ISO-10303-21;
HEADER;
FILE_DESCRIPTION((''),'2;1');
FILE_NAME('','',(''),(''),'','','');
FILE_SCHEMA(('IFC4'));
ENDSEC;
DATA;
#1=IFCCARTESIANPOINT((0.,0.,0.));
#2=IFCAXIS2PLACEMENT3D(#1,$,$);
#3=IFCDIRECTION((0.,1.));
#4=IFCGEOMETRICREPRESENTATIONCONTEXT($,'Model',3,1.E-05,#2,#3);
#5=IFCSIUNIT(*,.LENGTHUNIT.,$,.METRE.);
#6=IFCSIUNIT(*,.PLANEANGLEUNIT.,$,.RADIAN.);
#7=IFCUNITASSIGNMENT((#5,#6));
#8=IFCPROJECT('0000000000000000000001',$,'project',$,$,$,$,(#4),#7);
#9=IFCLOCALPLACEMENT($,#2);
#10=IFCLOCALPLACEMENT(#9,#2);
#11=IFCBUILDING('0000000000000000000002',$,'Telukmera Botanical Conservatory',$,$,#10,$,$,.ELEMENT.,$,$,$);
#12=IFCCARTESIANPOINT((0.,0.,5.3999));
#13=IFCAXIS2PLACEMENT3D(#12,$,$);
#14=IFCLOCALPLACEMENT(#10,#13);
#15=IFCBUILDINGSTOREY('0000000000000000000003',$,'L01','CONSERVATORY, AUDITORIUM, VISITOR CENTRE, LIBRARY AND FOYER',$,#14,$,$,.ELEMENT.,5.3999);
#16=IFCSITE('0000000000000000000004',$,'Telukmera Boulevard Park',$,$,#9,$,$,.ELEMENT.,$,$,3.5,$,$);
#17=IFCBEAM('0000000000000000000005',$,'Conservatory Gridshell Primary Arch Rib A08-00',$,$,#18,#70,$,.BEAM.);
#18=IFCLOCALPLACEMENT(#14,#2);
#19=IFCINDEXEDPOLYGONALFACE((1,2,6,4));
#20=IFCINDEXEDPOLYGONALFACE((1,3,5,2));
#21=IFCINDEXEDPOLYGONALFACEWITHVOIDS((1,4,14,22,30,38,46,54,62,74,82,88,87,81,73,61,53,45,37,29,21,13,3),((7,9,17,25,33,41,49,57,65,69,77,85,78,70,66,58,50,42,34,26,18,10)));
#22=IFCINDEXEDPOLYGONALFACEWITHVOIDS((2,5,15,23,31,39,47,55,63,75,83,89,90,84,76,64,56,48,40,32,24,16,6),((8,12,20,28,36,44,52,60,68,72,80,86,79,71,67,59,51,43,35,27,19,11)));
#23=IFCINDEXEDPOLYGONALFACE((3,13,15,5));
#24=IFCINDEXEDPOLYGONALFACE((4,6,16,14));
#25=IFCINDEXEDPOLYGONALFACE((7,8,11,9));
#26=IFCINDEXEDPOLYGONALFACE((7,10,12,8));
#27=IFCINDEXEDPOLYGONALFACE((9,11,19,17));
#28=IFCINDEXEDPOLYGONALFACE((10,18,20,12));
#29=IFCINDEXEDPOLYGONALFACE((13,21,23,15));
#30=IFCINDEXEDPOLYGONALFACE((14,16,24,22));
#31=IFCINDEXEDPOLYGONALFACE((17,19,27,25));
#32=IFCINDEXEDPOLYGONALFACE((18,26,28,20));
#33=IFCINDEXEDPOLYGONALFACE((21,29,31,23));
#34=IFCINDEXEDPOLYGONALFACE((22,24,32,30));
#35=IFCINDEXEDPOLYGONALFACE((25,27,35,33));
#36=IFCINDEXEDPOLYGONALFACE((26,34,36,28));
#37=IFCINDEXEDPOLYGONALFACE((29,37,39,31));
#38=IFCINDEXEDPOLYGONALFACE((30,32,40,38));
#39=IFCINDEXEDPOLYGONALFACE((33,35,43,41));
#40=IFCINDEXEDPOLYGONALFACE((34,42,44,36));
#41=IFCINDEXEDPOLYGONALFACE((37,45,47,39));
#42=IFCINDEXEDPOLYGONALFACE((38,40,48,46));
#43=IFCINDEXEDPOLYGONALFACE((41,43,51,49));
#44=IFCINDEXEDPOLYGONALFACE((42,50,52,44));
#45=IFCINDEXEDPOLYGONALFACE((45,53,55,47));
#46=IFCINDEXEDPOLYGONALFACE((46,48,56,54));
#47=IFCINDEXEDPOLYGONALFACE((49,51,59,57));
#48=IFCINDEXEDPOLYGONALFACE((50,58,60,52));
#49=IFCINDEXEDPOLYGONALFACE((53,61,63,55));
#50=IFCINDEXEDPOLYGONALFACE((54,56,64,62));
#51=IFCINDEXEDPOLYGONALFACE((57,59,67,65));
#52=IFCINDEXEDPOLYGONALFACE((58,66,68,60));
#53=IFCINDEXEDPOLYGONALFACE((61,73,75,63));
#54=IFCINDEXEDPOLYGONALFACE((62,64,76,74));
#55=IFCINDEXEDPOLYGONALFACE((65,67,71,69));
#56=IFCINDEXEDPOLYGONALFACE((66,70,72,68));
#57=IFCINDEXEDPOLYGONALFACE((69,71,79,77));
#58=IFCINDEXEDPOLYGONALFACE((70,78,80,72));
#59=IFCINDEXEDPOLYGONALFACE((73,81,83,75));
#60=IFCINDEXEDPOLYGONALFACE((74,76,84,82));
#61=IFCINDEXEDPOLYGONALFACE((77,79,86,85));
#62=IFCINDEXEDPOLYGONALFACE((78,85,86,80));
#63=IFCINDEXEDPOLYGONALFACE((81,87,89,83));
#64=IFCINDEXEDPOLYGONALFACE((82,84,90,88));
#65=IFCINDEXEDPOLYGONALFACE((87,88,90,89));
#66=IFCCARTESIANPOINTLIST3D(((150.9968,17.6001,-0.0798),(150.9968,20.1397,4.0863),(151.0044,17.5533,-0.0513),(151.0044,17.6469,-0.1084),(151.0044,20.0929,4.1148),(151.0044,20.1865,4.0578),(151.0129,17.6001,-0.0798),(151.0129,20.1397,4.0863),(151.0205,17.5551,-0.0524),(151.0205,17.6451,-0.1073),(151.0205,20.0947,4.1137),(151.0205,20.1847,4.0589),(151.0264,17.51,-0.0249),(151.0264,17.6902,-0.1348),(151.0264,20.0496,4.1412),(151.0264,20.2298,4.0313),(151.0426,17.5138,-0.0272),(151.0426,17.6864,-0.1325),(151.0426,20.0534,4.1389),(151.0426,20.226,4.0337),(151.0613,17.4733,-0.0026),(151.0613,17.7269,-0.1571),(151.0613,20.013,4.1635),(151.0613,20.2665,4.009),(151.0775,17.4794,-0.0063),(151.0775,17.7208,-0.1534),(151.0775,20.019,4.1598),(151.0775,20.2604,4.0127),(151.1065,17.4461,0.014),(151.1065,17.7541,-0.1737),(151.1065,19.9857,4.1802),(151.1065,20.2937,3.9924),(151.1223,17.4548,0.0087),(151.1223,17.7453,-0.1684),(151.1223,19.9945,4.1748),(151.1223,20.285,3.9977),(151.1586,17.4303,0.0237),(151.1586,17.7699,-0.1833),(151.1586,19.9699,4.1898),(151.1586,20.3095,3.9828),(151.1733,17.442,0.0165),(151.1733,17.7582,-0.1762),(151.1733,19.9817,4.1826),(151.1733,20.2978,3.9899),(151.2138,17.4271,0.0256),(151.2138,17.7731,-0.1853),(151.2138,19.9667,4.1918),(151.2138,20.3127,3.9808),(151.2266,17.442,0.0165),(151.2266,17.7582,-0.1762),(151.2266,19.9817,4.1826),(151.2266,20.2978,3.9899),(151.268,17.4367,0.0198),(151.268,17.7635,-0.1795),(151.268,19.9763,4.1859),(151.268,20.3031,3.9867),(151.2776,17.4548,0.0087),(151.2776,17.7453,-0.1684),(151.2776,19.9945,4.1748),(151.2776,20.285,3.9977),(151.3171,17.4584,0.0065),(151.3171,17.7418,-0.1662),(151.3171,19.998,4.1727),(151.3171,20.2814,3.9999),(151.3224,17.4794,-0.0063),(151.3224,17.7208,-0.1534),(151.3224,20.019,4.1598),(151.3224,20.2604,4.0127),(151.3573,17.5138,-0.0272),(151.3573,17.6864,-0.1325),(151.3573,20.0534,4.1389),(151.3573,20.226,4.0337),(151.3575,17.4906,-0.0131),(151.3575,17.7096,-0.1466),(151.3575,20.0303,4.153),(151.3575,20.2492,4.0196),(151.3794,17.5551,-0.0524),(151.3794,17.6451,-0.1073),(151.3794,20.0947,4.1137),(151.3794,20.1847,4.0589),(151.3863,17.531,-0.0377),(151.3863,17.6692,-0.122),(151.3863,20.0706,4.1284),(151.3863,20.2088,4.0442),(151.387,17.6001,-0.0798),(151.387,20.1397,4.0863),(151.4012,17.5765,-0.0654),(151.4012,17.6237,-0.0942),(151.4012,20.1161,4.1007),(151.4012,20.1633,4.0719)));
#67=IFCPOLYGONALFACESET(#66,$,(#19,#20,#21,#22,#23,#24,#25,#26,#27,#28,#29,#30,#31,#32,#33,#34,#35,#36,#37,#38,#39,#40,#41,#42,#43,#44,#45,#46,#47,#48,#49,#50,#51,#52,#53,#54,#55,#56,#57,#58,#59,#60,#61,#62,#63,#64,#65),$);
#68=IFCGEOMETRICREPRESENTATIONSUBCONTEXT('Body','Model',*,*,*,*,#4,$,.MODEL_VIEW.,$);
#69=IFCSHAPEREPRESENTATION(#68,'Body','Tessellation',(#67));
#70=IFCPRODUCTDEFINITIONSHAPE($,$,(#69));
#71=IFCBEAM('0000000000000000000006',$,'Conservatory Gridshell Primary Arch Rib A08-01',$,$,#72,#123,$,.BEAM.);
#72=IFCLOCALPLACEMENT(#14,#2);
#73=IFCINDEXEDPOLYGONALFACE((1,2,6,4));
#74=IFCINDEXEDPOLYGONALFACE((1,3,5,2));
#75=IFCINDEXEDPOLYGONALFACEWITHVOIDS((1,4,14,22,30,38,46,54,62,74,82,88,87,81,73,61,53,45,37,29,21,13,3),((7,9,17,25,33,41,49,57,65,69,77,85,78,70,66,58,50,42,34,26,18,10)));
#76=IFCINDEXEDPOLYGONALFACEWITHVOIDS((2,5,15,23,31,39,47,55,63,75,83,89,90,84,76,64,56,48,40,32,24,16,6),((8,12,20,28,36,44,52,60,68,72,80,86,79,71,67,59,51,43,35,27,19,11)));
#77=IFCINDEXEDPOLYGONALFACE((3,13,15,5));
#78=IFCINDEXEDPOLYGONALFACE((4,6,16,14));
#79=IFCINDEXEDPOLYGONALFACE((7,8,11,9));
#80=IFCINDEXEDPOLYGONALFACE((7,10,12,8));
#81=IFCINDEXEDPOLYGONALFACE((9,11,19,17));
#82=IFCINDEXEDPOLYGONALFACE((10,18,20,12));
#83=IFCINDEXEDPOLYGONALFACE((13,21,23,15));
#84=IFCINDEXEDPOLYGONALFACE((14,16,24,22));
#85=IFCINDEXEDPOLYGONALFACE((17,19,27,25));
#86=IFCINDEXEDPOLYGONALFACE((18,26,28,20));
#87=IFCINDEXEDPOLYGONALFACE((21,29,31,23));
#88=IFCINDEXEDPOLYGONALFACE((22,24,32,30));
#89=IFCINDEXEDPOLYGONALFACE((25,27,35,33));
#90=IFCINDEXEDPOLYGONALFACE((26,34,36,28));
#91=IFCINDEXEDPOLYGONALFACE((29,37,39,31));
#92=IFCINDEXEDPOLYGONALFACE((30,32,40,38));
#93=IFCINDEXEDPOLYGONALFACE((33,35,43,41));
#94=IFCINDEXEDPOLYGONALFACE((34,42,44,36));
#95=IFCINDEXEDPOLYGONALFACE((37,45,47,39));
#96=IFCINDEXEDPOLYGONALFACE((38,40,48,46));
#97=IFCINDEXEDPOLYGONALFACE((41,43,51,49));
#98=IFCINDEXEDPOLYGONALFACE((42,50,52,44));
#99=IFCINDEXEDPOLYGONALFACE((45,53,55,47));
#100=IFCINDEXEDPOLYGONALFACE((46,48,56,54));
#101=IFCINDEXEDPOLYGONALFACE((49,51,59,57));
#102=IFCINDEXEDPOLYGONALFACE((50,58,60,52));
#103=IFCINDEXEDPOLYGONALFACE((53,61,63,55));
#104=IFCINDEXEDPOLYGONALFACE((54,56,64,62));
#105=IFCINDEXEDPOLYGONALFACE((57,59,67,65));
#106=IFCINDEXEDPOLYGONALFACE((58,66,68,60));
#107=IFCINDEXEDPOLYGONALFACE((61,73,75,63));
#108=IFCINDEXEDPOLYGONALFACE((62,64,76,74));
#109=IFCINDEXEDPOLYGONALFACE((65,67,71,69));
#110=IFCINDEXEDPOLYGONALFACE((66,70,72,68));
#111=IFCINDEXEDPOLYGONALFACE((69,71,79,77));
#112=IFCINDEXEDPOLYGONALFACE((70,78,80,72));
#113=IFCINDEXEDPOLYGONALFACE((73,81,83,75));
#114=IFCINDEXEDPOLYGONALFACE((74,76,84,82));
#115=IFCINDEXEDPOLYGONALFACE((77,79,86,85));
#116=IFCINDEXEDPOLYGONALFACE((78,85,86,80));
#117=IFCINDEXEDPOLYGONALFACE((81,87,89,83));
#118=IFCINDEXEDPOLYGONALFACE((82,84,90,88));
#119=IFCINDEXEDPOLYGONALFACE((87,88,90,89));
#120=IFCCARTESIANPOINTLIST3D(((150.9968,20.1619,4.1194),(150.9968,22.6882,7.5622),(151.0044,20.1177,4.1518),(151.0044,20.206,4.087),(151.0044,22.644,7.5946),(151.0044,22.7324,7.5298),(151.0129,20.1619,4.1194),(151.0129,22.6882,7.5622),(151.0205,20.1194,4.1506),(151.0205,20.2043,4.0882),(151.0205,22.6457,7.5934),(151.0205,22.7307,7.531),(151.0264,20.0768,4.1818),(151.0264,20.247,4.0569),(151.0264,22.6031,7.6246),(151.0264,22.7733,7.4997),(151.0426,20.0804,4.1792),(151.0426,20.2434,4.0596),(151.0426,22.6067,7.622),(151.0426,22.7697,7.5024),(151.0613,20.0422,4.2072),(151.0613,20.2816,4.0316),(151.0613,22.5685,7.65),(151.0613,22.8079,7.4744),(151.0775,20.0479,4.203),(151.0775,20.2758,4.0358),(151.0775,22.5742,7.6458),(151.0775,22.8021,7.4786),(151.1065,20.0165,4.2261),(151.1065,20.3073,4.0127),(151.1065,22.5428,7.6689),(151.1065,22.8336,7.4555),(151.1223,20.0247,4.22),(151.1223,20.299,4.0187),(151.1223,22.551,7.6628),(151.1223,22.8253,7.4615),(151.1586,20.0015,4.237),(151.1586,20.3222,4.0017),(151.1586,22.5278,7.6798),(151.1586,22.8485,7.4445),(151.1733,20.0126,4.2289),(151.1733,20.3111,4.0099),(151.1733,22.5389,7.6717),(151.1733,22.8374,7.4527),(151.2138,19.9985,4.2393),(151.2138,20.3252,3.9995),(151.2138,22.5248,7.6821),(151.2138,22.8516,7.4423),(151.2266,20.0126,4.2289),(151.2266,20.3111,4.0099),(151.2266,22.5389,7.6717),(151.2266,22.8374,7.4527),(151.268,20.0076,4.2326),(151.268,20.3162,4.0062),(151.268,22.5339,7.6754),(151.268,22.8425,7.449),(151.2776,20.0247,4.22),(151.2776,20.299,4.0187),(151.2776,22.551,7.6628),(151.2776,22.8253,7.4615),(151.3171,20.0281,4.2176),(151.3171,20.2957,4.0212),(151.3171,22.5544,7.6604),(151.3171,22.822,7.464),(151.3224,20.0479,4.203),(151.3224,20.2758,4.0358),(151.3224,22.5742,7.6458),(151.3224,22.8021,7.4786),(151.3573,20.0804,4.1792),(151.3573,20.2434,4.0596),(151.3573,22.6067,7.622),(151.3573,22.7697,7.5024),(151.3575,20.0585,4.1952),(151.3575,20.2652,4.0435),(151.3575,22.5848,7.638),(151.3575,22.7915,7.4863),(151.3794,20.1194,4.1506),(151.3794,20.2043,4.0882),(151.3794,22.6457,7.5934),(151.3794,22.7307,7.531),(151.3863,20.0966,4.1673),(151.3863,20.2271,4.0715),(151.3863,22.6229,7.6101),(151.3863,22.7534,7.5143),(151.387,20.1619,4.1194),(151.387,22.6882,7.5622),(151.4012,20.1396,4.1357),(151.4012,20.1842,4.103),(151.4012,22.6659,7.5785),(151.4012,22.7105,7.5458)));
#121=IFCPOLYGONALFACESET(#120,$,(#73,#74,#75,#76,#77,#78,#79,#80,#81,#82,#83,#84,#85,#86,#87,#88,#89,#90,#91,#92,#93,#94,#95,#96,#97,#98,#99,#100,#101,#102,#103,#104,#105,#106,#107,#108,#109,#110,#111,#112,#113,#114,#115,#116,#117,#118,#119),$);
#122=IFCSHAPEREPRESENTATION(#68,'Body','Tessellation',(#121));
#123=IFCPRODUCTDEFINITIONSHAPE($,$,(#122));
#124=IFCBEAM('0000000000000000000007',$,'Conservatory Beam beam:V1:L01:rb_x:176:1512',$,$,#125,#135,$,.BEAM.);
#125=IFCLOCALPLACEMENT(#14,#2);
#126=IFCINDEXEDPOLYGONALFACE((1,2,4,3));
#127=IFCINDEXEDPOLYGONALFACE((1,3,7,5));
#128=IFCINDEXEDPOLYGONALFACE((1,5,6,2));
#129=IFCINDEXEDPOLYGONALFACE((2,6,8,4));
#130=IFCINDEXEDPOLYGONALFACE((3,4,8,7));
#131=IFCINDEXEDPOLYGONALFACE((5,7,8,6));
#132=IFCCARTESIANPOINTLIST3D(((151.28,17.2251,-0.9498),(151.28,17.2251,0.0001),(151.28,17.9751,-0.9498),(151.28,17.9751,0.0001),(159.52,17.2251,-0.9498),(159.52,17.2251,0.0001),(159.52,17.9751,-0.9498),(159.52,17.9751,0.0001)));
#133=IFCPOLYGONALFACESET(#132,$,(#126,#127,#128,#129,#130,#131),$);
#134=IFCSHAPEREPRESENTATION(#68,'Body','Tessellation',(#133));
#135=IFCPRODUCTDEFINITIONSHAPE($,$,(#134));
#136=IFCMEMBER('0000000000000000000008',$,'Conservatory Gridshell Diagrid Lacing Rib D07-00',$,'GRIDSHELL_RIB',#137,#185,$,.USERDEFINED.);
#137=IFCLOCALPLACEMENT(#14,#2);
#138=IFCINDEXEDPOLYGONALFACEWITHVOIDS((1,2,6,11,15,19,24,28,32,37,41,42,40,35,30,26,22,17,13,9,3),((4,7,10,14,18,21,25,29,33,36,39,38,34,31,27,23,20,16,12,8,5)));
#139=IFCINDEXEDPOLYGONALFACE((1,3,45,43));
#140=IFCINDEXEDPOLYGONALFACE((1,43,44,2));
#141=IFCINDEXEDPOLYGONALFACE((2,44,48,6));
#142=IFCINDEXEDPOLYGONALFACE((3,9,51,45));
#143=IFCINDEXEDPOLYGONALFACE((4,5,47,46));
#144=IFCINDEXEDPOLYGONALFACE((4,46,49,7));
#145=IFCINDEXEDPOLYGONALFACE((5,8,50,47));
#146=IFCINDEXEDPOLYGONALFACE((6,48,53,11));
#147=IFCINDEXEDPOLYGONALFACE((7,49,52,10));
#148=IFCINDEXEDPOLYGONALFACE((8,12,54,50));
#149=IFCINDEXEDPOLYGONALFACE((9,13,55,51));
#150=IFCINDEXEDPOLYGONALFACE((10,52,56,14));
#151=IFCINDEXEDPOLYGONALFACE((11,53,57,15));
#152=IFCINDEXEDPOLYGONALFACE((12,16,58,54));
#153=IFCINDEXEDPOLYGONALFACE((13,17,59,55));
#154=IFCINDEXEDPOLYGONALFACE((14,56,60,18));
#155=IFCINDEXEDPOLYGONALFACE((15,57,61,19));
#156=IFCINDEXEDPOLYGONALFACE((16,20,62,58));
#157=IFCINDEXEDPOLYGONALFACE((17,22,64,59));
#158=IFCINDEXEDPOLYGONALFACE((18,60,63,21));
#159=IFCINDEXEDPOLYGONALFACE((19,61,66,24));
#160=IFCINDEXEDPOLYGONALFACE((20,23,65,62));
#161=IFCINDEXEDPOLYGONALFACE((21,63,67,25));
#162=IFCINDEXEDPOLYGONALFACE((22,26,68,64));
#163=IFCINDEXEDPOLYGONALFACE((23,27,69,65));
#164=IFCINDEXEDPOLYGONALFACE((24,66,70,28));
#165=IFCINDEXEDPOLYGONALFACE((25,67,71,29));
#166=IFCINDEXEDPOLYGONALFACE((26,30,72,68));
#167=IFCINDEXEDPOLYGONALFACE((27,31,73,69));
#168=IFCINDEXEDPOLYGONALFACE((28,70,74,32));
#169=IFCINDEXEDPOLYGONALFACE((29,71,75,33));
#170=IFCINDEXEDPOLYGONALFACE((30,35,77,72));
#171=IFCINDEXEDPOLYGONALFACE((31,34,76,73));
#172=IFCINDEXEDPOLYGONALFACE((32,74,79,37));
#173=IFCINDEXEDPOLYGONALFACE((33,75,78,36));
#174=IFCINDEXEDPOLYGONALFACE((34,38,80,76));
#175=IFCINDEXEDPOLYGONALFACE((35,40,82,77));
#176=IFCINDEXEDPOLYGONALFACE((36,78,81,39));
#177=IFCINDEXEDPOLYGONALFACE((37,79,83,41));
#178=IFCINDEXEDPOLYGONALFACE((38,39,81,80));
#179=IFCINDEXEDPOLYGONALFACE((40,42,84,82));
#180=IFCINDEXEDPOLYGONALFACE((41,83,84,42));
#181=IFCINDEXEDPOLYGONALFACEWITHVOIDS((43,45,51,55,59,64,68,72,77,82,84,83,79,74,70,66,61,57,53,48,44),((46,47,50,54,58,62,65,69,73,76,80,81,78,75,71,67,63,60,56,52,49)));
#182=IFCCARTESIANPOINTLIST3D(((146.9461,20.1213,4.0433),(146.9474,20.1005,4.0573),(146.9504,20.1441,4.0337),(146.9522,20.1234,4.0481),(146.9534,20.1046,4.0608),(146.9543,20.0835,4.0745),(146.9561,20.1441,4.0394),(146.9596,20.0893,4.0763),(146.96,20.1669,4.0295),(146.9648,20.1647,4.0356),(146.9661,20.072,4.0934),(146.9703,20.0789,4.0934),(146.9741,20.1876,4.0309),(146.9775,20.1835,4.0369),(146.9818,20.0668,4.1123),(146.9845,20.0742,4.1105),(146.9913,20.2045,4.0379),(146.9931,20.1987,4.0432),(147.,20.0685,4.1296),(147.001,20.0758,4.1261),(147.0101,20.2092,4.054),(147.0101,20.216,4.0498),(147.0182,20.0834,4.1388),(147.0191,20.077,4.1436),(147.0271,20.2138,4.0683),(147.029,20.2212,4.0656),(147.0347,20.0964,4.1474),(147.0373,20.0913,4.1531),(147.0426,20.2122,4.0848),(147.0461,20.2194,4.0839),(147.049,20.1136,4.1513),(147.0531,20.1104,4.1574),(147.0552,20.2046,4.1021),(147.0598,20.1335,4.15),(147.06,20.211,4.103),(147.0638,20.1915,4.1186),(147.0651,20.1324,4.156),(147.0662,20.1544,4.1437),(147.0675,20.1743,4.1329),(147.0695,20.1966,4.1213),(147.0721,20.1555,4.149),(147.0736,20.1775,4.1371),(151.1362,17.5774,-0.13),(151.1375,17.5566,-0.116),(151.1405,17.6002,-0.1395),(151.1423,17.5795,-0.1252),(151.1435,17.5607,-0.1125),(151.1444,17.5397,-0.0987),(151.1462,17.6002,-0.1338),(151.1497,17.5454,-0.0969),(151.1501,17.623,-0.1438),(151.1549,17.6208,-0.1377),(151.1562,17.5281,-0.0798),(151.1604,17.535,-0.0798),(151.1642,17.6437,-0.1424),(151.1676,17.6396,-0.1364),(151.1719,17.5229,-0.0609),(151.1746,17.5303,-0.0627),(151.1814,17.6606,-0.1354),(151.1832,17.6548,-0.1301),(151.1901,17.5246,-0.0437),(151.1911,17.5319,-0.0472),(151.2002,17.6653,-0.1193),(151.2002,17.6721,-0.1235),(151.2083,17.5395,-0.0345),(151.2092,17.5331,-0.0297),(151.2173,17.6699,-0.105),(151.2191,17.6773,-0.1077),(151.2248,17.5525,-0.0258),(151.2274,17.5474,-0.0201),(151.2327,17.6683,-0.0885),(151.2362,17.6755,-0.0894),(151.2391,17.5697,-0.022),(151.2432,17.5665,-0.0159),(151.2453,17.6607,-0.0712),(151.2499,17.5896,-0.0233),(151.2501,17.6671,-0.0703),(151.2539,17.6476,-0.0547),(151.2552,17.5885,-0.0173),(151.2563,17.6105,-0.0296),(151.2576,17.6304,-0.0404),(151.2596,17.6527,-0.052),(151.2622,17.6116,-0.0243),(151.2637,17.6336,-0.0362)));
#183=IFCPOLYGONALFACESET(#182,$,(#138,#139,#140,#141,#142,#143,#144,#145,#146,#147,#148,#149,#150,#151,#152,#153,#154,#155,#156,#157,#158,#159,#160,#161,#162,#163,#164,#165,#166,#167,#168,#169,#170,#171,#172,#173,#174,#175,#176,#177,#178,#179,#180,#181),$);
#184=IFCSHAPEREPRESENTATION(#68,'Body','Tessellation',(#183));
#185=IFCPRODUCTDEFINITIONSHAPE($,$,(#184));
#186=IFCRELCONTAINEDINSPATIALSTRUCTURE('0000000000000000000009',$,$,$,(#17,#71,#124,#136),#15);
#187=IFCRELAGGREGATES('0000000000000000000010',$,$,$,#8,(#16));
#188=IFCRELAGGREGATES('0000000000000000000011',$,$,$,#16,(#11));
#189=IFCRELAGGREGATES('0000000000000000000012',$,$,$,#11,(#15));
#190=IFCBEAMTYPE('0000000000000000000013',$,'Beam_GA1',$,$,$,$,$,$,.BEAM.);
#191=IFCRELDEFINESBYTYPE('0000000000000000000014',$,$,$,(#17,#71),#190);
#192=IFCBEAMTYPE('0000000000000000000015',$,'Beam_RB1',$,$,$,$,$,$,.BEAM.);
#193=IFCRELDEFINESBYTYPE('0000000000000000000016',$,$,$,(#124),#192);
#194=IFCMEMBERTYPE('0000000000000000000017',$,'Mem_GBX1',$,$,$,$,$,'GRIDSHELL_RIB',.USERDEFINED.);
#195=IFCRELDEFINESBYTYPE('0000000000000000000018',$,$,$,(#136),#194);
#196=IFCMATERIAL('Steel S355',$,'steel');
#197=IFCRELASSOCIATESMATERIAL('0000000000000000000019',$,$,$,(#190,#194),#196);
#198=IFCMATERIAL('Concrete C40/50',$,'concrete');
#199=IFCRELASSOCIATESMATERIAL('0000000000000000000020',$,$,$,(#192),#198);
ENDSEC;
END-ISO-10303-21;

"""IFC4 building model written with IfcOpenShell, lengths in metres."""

from ifc_helpers import new_model, si_unit, direction, frame, origin, origin_2d, place, context, subcontext, project, spatial, rectangle, hollow_circle, extrude, material, material_profile, profile_set, type_object, element, save


model = new_model("IFC4")

# Units and contexts
model_context = context("Model", 3, precision=1e-05, world=origin(), true_north=direction((0.0, 1.0)))
body_context = subcontext(model_context, "Body", "Model", "MODEL_VIEW")
ifc_project = project(units=[si_unit("LENGTHUNIT", "METRE"), si_unit("PLANEANGLEUNIT", "RADIAN")], contexts=[model_context])

# Site, building, storey
site_placement = place(None, origin())
site = spatial("IfcSite", under=ifc_project, at=site_placement, Name="Telukmera Boulevard Park", CompositionType="ELEMENT", RefElevation=3.5)
building_placement = place(site_placement, origin())
building = spatial("IfcBuilding", under=site, at=building_placement, Name="Telukmera Botanical Conservatory", CompositionType="ELEMENT")
storey_placement = place(building_placement, frame((0.0, 0.0, 5.3999)))
storey = spatial("IfcBuildingStorey", under=building, at=storey_placement, Name="L01", Description="CONSERVATORY, AUDITORIUM, VISITOR CENTRE, LIBRARY AND FOYER", CompositionType="ELEMENT", Elevation=5.3999)

# Beams
ifc_material_1 = material(Name="Steel S355", Category="steel")
ifc_material_profile_1 = material_profile(ifc_material_1, hollow_circle(Radius=0.2031, WallThickness=0.0161, at=origin_2d()), Name="CHS 406.4x16.0")
ifc_profile_set_1 = profile_set([ifc_material_profile_1], Name="Steel S355")
beam_type_1 = type_object("IfcBeamType", Name="Beam_GA1", PredefinedType="BEAM", material=ifc_profile_set_1)
beam_1_placement = place(storey_placement, frame((151.2, 17.6001, -0.0798), z_axis=(0.0, 0.520502, 0.85386), x_axis=(-1.0, 0.0, 0.0)))
element("IfcBeam", 1, at=beam_1_placement, inside=storey, type_object=beam_type_1, Name="Conservatory Gridshell Primary Arch Rib A08-00", PredefinedType="BEAM", context=body_context, shape_type="SweptSolid", body=[
    extrude(hollow_circle(Radius=0.2031, WallThickness=0.0161, at=origin_2d()), origin(), (0.0, 0.0, 1.0), 4.8792),
])
beam_2_placement = place(storey_placement, frame((151.2, 20.1619, 4.1194), z_axis=(0.0, 0.591607, 0.806227), x_axis=(-1.0, 0.0, 0.0)))
element("IfcBeam", 2, at=beam_2_placement, inside=storey, type_object=beam_type_1, Name="Conservatory Gridshell Primary Arch Rib A08-01", PredefinedType="BEAM", context=body_context, shape_type="SweptSolid", body=[
    extrude(hollow_circle(Radius=0.2031, WallThickness=0.0161, at=origin_2d()), origin(), (0.0, 0.0, 1.0), 4.2703),
])
ifc_material_2 = material(Name="Concrete C40/50", Category="concrete")
ifc_material_profile_2 = material_profile(ifc_material_2, rectangle(XDim=0.75, YDim=0.95, at=origin_2d()), Name="RC 750x950")
ifc_profile_set_2 = profile_set([ifc_material_profile_2], Name="Concrete C40/50")
beam_type_2 = type_object("IfcBeamType", Name="Beam_RB1", PredefinedType="BEAM", material=ifc_profile_set_2)
beam_3_placement = place(storey_placement, frame((151.28, 17.6001, -0.4749), z_axis=(1.0, 0.0, 0.0), x_axis=(0.0, 1.0, 0.0)))
element("IfcBeam", 3, at=beam_3_placement, inside=storey, type_object=beam_type_2, Name="Conservatory Beam beam:V1:L01:rb_x:176:1512", PredefinedType="BEAM", context=body_context, shape_type="SweptSolid", body=[
    extrude(rectangle(XDim=0.75, YDim=0.95, at=origin_2d()), origin(), (0.0, 0.0, 1.0), 8.24),
])

# Member
ifc_material_profile_3 = material_profile(ifc_material_1, hollow_circle(Radius=0.0842, WallThickness=0.0081, at=origin_2d()), Name="CHS 168.3x8.0")
ifc_profile_set_3 = profile_set([ifc_material_profile_3], Name="Steel S355")
member_type_1 = type_object("IfcMemberType", Name="Mem_GBX1", ElementType="GRIDSHELL_RIB", PredefinedType="USERDEFINED", material=ifc_profile_set_3)
member_1_placement = place(storey_placement, frame((151.2, 17.6001, -0.0798), z_axis=(-0.650866, 0.395154, 0.648249), x_axis=(-0.518964, -0.854796, 0.0)))
element("IfcMember", 4, at=member_1_placement, inside=storey, type_object=member_type_1, Name="Conservatory Gridshell Diagrid Lacing Rib D07-00", ObjectType="GRIDSHELL_RIB", PredefinedType="USERDEFINED", context=body_context, shape_type="SweptSolid", body=[
    extrude(hollow_circle(Radius=0.0842, WallThickness=0.0081, at=origin_2d()), origin(), (0.0, 0.0, 1.0), 6.4377),
])

save(model, "model.ifc")
